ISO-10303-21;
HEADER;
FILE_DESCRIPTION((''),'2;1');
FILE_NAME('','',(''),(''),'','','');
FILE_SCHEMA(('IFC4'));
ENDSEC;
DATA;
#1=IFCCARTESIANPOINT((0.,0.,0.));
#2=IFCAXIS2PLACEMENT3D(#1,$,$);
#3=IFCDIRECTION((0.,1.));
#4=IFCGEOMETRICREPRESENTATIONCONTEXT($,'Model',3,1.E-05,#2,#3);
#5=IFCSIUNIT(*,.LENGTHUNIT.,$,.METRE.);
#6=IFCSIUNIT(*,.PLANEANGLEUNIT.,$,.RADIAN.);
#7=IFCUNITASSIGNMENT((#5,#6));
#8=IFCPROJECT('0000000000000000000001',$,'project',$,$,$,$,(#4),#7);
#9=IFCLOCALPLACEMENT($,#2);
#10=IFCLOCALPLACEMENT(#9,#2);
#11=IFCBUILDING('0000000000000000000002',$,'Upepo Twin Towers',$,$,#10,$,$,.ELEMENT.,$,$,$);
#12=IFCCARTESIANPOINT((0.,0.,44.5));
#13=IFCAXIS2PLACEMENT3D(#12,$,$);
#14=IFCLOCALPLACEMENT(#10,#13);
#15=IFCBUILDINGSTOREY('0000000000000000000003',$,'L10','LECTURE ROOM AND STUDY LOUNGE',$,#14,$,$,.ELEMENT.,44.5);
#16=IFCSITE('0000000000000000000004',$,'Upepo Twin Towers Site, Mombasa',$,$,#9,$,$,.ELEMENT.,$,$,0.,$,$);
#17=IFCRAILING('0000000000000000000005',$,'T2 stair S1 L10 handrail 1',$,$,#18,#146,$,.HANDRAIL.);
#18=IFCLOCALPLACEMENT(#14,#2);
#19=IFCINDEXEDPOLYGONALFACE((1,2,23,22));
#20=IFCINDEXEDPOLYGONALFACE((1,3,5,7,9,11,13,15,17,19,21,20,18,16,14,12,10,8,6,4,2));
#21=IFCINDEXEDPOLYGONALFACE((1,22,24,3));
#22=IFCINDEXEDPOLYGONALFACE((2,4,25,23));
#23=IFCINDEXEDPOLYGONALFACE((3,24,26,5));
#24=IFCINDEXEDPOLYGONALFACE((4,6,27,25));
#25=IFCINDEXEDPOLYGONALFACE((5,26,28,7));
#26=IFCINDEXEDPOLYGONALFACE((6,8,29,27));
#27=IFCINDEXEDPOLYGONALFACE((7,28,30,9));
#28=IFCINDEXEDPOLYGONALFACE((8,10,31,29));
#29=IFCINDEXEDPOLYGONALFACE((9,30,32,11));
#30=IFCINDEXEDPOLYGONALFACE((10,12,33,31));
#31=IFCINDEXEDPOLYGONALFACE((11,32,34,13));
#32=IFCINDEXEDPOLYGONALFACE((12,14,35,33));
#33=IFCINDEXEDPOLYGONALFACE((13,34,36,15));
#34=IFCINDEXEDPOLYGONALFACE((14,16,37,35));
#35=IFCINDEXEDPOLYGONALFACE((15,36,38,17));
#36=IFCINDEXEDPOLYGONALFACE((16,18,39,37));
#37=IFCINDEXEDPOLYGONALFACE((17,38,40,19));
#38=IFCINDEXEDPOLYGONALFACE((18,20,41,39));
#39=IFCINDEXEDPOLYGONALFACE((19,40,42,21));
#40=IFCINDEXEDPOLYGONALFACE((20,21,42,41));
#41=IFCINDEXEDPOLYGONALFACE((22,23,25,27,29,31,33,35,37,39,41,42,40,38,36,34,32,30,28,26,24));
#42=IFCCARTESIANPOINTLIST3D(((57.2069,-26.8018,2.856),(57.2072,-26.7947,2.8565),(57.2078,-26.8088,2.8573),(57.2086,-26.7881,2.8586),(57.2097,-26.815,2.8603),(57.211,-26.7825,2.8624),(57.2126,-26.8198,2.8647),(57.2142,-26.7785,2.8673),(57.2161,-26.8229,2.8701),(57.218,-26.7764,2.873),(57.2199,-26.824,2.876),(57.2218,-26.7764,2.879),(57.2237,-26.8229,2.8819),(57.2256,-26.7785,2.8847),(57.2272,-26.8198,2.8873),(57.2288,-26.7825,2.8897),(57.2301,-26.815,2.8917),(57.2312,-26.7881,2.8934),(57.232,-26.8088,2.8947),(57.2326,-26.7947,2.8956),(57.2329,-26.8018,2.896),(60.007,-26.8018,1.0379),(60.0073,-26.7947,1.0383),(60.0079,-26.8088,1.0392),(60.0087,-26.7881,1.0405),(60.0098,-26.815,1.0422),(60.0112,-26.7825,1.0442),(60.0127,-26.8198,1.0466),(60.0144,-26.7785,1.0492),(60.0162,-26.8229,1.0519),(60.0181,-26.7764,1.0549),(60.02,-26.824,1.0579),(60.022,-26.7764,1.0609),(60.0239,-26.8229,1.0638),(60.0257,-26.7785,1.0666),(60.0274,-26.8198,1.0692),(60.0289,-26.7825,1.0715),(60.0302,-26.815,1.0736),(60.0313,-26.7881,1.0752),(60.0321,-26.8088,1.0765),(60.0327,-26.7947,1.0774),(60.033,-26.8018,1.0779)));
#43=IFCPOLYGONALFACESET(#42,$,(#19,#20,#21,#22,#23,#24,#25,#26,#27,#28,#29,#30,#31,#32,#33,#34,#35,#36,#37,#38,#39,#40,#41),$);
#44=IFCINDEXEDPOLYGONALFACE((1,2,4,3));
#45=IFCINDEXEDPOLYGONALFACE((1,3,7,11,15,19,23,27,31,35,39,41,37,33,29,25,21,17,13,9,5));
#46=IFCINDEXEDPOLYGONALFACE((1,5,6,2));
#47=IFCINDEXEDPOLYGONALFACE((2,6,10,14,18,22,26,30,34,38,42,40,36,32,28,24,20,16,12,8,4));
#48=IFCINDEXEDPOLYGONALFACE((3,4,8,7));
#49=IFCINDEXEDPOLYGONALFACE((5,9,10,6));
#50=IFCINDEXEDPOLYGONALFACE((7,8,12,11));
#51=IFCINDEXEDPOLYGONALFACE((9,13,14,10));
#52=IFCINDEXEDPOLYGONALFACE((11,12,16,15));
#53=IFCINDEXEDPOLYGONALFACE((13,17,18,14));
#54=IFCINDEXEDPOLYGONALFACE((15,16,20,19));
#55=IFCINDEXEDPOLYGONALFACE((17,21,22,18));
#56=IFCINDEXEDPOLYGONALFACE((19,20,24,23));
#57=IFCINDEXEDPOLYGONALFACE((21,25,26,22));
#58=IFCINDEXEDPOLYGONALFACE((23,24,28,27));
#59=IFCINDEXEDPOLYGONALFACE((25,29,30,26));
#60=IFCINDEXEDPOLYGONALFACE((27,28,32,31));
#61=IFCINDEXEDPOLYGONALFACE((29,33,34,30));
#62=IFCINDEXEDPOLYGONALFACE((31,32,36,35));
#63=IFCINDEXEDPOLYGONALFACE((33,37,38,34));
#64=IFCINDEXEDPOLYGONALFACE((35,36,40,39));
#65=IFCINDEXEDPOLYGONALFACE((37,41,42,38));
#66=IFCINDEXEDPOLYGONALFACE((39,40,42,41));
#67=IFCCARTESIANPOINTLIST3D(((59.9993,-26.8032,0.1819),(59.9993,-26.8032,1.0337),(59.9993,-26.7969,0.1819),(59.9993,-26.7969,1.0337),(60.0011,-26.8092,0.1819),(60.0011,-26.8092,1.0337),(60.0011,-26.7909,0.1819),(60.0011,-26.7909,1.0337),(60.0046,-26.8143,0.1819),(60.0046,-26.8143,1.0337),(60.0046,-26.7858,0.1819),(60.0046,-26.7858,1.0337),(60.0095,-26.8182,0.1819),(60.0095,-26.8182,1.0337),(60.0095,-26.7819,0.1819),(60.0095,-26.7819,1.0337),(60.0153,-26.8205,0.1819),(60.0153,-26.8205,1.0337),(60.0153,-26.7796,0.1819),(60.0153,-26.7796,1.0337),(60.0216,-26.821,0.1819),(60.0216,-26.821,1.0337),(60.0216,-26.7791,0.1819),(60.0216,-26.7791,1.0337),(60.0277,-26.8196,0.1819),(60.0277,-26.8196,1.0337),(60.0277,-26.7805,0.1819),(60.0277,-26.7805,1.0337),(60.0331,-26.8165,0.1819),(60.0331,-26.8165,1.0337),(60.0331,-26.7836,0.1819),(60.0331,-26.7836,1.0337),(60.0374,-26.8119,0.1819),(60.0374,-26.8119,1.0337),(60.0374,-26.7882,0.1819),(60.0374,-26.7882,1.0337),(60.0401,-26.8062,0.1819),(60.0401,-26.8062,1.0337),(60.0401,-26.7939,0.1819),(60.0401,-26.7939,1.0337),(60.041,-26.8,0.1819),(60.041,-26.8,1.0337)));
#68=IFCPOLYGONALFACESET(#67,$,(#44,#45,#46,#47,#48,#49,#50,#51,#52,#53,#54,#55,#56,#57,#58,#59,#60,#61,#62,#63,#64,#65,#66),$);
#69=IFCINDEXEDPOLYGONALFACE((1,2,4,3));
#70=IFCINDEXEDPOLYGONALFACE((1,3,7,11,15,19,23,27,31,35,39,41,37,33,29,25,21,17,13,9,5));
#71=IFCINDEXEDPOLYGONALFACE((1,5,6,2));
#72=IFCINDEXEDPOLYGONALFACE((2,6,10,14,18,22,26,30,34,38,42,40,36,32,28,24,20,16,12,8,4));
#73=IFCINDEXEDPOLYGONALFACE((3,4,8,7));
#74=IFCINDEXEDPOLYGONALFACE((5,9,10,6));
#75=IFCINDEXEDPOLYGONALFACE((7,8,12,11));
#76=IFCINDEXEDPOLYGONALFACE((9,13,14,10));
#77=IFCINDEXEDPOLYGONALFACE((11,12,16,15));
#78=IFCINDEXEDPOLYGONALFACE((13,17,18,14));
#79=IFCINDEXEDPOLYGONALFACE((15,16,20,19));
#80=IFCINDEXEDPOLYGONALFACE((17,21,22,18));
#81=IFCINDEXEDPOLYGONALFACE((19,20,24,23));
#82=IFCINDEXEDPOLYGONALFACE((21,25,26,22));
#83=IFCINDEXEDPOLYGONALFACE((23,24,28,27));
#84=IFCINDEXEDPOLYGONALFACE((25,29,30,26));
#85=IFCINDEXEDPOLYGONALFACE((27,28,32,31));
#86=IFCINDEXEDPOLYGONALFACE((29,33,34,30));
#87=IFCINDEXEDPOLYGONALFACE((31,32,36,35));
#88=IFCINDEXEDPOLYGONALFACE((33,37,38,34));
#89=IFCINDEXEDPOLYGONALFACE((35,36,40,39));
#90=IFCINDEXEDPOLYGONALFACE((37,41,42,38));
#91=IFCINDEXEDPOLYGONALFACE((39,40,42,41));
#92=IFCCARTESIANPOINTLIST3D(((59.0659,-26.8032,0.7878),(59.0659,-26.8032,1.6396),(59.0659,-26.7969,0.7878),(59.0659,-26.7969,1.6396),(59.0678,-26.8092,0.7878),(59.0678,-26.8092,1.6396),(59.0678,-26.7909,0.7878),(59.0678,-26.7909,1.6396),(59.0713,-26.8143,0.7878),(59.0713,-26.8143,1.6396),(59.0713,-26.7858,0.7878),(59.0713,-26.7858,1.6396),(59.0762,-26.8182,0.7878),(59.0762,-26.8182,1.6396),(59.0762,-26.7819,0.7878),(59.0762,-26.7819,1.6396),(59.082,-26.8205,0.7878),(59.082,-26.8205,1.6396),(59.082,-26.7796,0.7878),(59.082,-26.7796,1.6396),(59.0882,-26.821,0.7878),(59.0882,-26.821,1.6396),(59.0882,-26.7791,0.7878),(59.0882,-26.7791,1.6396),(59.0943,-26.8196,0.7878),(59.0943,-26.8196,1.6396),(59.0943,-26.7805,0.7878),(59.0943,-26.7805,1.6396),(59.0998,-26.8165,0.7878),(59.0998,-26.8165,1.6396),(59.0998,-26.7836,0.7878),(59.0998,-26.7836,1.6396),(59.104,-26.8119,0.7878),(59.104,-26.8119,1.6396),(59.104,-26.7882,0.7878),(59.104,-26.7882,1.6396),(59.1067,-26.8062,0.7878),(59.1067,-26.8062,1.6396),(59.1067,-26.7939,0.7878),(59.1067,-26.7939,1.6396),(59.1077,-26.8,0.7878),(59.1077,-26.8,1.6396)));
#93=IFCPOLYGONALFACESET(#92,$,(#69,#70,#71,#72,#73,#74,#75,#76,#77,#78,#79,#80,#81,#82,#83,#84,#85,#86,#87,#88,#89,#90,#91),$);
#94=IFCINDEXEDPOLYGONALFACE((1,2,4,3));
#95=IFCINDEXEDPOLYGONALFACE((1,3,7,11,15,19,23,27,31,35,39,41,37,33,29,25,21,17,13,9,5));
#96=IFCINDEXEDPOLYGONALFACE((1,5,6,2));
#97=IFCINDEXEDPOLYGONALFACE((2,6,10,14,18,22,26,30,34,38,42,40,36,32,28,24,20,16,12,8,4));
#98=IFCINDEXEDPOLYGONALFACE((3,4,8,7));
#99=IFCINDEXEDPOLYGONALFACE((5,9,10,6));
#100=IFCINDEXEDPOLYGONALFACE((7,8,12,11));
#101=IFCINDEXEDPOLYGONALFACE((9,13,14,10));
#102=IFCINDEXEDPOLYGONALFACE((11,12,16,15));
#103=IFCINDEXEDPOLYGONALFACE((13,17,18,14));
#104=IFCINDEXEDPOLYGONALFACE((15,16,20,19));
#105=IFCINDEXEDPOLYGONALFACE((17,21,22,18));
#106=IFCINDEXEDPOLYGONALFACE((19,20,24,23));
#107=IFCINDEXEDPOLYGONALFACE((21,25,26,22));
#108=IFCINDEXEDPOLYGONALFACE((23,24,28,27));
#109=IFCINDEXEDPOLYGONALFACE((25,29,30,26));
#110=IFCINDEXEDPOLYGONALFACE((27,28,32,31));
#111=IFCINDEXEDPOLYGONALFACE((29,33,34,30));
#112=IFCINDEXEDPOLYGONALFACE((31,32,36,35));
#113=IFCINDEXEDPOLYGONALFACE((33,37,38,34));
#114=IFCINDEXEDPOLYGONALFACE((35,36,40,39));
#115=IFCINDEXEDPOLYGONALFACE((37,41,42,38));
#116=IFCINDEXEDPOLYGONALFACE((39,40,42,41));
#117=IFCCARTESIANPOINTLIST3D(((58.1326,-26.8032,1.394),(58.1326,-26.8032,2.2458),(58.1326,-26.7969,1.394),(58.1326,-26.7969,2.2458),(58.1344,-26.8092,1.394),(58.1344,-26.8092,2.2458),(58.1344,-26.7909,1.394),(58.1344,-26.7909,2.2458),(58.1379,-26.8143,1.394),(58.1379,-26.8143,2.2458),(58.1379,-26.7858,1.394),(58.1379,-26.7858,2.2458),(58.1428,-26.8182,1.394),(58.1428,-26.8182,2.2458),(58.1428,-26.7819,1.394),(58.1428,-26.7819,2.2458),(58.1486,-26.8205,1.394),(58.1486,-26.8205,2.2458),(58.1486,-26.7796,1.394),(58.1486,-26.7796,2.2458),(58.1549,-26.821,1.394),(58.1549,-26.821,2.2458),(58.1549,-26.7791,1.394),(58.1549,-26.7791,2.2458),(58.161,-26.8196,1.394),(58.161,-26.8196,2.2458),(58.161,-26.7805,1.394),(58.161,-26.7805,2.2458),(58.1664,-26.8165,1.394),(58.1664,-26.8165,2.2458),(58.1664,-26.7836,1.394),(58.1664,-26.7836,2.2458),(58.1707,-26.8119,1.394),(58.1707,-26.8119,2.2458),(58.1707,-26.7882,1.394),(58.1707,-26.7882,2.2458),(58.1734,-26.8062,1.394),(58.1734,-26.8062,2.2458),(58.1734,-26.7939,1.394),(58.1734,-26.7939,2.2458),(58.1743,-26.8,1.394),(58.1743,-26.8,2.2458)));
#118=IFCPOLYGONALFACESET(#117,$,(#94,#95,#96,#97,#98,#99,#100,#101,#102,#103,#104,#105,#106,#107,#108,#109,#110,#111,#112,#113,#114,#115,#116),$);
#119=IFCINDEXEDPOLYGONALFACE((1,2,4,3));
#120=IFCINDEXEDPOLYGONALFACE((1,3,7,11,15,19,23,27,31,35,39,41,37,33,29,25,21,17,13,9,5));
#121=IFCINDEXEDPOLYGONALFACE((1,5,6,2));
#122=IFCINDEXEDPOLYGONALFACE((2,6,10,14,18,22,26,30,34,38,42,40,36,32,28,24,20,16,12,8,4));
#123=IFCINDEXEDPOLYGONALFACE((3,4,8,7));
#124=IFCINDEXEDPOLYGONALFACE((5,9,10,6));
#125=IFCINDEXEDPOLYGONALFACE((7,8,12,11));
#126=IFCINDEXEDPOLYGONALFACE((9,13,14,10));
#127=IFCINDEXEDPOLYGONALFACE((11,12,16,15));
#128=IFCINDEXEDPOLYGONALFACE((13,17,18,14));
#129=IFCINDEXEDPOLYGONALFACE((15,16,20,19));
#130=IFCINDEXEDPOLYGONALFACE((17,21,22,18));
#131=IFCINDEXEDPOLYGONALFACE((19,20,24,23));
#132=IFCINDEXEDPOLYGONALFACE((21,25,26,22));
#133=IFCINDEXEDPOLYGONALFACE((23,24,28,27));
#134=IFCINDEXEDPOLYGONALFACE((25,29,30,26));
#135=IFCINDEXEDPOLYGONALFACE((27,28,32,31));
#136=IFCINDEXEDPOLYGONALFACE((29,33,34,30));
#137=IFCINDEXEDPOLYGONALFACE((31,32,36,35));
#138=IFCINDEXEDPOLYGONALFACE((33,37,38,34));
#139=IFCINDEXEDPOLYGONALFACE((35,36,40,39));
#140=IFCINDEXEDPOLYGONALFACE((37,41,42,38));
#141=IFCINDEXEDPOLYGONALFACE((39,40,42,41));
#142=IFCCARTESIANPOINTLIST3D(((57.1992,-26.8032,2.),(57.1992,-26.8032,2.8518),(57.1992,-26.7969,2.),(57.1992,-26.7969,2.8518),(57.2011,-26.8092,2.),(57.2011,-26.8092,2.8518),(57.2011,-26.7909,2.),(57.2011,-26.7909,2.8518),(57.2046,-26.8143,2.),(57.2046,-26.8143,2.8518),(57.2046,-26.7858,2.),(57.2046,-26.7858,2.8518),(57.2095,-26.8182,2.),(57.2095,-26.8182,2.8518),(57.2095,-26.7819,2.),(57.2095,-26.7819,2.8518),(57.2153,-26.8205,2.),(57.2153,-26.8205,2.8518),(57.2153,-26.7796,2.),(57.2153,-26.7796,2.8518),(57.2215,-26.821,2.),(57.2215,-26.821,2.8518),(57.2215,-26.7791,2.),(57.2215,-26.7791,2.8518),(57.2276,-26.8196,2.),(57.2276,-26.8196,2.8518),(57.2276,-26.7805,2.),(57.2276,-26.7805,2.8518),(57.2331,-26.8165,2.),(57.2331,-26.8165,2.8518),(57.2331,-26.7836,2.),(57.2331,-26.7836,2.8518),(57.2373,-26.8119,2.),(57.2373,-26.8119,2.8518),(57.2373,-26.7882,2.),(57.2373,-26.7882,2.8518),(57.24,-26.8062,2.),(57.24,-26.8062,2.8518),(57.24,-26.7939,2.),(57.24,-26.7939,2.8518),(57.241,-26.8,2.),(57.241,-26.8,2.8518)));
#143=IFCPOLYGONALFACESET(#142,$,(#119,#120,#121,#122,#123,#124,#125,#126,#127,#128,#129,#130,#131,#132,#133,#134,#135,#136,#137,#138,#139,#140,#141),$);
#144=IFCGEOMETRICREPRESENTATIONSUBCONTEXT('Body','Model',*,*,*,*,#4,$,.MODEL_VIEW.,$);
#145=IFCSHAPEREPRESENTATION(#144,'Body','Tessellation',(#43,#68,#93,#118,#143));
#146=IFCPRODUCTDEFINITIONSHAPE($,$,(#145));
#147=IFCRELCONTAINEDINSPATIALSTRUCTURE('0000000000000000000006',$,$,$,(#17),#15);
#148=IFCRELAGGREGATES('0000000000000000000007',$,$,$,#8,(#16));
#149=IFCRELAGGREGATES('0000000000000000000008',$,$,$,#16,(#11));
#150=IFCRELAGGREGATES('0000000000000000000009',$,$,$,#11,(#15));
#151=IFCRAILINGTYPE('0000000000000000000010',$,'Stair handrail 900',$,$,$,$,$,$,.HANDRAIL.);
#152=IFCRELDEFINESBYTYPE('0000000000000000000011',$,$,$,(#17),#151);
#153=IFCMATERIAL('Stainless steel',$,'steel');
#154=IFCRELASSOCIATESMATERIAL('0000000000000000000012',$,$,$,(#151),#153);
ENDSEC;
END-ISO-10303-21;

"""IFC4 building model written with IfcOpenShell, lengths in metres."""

from ifc_helpers import new_model, si_unit, direction, frame, origin, origin_2d, place, context, subcontext, project, spatial, circle, extrude, material, type_object, element, save


model = new_model("IFC4")

# Units and contexts
model_context = context("Model", 3, precision=1e-05, world=origin(), true_north=direction((0.0, 1.0)))
body_context = subcontext(model_context, "Body", "Model", "MODEL_VIEW")
ifc_project = project(units=[si_unit("LENGTHUNIT", "METRE"), si_unit("PLANEANGLEUNIT", "RADIAN")], contexts=[model_context])

# Site, building, storey
site_placement = place(None, origin())
site = spatial("IfcSite", under=ifc_project, at=site_placement, Name="Upepo Twin Towers Site, Mombasa", CompositionType="ELEMENT", RefElevation=0.0)
building_placement = place(site_placement, origin())
building = spatial("IfcBuilding", under=site, at=building_placement, Name="Upepo Twin Towers", CompositionType="ELEMENT")
storey_placement = place(building_placement, frame((0.0, 0.0, 44.5)))
storey = spatial("IfcBuildingStorey", under=building, at=storey_placement, Name="L10", Description="LECTURE ROOM AND STUDY LOUNGE", CompositionType="ELEMENT", Elevation=44.5)

# Railing
ifc_material_1 = material(Name="Stainless steel", Category="steel")
railing_type = type_object("IfcRailingType", Name="Stair handrail 900", PredefinedType="HANDRAIL", material=ifc_material_1)
railing_placement = place(storey_placement, frame((60.02, -26.8, 0.1819)))
element("IfcRailing", 1, at=railing_placement, inside=storey, type_object=railing_type, Name="T2 stair S1 L10 handrail 1", PredefinedType="HANDRAIL", context=body_context, shape_type="SweptSolid", body=[
    extrude(circle(Radius=0.0239, at=origin_2d()), frame((0.0, 0.0, 0.876), z_axis=(-0.838706, 0.0, 0.544585), x_axis=(0.0, -1.0, 0.0)), (0.0, 0.0, 1.0), 3.3386),
    extrude(circle(Radius=0.021, at=origin_2d()), origin(), (0.0, 0.0, 1.0), 0.8518),
    extrude(circle(Radius=0.021, at=origin_2d()), frame((-0.9333, 0.0, 0.606)), (0.0, 0.0, 1.0), 0.8518),
    extrude(circle(Radius=0.021, at=origin_2d()), frame((-1.8667, 0.0, 1.2122)), (0.0, 0.0, 1.0), 0.8518),
    extrude(circle(Radius=0.021, at=origin_2d()), frame((-2.8, 0.0, 1.8181)), (0.0, 0.0, 1.0), 0.8518),
])

save(model, "model.ifc")
